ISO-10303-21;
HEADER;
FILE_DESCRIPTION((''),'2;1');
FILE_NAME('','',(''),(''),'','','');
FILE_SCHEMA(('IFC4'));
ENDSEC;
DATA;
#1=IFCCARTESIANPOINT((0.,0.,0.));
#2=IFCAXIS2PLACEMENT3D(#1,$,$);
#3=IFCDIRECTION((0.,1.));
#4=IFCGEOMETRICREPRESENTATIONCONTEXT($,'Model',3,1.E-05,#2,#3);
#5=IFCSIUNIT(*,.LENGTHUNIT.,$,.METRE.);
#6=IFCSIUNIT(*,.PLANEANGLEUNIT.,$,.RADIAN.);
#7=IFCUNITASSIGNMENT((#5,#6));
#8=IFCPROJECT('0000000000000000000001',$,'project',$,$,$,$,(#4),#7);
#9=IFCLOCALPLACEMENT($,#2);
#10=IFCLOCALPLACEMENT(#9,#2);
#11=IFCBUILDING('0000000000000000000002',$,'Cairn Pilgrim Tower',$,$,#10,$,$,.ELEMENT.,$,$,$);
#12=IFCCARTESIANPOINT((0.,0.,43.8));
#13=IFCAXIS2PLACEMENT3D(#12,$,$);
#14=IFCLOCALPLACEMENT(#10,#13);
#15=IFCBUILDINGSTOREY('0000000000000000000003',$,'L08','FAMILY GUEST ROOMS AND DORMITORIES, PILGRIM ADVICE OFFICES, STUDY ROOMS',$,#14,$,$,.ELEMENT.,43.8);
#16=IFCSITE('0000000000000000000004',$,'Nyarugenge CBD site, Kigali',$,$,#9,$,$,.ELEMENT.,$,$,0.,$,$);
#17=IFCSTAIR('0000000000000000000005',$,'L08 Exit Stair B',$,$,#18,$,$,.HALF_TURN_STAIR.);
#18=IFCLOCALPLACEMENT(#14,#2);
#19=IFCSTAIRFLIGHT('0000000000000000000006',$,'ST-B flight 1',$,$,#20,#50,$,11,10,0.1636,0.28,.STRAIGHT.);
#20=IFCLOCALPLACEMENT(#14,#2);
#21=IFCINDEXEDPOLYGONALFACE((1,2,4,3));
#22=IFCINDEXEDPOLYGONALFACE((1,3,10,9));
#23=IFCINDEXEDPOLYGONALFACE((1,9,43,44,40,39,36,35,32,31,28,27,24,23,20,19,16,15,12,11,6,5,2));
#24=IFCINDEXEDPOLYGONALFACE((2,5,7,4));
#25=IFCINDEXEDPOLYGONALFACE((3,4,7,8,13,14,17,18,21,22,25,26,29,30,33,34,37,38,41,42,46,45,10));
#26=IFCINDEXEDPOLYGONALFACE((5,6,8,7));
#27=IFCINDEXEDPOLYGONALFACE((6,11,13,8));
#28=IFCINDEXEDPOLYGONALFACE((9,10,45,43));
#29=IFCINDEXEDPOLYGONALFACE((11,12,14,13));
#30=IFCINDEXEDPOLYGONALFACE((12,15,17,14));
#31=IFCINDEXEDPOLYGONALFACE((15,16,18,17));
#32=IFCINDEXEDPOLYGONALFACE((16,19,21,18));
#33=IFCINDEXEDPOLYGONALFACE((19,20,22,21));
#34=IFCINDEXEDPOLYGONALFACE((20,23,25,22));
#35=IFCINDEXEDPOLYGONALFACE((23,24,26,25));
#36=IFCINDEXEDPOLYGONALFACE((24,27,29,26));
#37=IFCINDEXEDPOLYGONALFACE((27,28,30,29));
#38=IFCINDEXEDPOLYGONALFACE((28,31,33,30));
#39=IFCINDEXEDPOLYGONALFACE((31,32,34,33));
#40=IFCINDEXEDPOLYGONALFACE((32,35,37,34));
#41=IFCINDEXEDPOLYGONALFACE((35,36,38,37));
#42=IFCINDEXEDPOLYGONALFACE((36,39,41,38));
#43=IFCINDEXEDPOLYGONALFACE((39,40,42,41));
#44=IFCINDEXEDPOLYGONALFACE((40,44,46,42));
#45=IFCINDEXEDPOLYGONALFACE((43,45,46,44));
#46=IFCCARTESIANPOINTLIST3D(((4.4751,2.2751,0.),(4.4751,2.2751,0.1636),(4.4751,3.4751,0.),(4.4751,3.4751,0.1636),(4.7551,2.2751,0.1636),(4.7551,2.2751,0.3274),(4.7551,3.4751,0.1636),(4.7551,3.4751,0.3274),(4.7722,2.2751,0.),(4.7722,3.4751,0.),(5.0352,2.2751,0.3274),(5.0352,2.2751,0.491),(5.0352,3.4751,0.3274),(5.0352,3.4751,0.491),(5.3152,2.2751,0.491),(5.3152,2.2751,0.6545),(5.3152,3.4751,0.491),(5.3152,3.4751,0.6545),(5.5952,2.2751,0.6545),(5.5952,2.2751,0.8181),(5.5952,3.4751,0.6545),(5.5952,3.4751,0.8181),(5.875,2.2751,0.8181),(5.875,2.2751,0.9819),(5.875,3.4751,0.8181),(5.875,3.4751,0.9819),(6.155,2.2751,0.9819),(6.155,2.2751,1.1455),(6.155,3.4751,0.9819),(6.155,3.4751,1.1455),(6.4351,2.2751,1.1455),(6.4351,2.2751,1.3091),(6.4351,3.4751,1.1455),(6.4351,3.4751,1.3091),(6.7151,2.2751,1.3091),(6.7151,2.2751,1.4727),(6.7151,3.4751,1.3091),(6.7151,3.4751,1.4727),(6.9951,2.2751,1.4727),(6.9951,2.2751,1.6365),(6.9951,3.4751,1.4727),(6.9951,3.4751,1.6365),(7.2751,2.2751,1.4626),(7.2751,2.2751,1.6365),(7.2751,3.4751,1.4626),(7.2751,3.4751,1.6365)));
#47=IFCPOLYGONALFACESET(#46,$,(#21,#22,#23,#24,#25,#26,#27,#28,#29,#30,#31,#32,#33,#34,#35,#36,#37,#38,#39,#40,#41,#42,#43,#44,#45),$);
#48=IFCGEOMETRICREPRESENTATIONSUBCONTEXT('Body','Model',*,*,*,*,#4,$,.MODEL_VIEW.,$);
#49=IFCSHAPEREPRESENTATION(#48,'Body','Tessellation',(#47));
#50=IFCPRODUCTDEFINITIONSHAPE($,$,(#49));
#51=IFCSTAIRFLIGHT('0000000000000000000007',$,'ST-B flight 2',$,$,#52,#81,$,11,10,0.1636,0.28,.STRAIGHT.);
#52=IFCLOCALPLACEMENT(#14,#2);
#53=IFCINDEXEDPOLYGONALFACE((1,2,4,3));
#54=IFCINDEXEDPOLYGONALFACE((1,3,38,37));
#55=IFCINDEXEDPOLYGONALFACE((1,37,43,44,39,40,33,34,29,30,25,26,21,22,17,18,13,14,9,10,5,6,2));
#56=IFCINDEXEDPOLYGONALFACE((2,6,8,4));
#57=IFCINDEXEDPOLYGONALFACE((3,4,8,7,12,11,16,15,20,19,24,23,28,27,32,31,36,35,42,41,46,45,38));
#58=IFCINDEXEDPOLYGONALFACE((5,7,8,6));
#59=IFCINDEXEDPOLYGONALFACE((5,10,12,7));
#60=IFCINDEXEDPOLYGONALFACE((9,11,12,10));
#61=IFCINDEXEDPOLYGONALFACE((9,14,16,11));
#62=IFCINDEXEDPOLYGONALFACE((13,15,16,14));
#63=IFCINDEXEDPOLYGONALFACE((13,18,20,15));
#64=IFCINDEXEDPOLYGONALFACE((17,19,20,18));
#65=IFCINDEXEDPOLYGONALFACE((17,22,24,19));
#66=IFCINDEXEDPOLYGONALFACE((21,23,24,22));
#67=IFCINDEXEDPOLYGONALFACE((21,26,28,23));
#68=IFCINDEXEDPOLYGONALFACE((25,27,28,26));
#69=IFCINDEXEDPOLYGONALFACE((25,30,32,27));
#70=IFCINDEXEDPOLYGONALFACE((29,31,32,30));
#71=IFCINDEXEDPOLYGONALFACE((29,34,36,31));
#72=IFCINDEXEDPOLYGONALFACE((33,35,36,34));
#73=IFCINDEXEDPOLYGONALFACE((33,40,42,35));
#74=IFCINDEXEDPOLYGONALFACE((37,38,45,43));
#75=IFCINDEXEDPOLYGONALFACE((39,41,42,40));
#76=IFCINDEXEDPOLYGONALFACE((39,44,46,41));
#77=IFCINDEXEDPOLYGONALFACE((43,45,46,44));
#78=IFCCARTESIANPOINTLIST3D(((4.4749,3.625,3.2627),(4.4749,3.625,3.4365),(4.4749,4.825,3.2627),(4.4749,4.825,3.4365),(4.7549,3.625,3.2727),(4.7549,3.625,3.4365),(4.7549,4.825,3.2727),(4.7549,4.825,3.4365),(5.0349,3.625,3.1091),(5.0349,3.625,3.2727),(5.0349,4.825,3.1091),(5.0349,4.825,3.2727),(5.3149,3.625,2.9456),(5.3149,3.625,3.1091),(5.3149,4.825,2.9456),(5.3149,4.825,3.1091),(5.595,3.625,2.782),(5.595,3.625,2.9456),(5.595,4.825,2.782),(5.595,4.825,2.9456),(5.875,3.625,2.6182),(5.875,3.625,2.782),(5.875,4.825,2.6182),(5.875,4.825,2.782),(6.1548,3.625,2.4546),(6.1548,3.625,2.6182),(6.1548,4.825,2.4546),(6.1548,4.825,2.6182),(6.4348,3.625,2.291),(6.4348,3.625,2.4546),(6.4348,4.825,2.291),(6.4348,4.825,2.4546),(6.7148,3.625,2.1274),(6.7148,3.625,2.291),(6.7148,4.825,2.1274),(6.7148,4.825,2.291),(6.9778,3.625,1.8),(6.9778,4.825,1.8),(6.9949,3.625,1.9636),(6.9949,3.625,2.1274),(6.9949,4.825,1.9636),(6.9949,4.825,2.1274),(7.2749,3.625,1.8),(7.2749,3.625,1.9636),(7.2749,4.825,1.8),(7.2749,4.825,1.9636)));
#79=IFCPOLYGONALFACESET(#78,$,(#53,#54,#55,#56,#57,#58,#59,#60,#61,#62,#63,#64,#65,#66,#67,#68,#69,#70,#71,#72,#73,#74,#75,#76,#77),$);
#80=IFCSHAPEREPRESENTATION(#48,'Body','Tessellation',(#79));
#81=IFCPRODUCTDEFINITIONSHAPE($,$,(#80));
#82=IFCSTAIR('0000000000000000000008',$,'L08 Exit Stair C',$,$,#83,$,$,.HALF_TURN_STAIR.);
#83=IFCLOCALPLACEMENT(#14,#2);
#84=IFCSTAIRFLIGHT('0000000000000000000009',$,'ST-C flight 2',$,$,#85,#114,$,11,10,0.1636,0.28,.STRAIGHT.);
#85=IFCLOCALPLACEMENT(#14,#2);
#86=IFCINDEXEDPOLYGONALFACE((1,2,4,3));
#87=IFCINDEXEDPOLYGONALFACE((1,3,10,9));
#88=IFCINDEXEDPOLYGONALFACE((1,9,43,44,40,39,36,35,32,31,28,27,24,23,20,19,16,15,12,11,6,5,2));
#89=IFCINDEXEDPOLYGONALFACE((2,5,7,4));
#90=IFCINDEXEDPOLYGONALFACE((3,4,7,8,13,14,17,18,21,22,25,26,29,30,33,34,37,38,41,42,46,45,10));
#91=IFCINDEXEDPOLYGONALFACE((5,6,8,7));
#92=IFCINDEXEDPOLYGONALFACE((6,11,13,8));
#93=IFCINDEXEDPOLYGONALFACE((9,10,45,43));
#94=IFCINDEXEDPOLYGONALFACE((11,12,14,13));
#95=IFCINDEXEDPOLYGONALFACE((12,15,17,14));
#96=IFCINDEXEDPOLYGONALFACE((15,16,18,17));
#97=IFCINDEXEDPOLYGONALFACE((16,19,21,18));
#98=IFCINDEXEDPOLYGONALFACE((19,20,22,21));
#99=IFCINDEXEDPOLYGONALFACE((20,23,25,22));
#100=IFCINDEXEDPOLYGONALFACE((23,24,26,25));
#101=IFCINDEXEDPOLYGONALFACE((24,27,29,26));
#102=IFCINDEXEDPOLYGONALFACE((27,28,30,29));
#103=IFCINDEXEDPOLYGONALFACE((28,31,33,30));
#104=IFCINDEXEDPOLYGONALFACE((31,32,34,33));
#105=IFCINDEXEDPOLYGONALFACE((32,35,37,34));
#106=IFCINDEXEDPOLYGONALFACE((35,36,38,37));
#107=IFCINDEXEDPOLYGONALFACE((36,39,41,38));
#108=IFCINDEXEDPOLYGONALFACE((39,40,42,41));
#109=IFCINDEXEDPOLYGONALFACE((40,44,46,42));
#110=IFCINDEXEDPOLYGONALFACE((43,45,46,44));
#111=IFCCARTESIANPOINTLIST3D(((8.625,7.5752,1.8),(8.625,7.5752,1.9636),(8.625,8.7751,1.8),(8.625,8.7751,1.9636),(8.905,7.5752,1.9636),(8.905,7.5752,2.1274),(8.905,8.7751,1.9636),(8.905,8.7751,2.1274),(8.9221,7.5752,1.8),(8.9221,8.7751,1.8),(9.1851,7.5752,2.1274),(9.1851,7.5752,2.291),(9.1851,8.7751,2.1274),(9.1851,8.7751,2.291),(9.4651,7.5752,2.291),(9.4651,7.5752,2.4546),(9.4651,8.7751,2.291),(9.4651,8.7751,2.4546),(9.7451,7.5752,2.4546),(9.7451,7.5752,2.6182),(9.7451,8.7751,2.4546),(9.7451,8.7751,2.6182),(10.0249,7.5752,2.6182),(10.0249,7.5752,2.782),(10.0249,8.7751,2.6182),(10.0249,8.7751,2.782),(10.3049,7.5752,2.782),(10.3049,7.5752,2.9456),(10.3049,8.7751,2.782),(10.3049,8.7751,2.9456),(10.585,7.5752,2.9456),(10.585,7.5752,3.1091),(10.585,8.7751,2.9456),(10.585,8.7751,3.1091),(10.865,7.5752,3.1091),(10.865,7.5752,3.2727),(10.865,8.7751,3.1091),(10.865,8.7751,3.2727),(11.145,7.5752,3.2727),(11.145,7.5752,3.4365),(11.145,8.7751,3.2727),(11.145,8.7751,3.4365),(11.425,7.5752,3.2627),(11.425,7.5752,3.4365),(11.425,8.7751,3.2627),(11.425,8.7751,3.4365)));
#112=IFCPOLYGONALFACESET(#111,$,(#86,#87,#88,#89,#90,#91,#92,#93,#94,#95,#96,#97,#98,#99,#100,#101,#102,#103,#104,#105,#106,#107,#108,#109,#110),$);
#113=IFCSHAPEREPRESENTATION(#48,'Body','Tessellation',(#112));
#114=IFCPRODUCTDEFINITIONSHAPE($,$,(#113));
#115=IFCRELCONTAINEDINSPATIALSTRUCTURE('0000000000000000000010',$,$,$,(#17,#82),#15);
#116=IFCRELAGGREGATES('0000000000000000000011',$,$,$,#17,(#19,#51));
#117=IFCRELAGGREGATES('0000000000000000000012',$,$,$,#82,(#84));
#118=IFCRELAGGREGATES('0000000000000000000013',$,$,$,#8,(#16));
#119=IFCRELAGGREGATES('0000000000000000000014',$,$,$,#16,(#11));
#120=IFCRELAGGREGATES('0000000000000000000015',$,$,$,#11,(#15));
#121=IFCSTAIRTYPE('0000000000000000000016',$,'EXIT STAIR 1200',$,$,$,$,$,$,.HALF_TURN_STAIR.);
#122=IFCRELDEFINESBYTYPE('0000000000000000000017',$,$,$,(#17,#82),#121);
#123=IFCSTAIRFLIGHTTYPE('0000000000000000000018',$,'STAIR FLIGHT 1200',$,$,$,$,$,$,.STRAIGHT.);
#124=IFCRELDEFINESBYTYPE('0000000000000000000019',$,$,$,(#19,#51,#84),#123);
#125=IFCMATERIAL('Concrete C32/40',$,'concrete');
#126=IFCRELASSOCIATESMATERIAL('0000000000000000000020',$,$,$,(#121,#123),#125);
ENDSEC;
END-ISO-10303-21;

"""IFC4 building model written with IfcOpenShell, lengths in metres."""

from ifc_helpers import new_model, si_unit, direction, frame, origin, place, context, subcontext, project, spatial, polyline, outline, extrude, material, type_object, element, aggregate, save


model = new_model("IFC4")

# Units and contexts
model_context = context("Model", 3, precision=1e-05, world=origin(), true_north=direction((0.0, 1.0)))
body_context = subcontext(model_context, "Body", "Model", "MODEL_VIEW")
ifc_project = project(units=[si_unit("LENGTHUNIT", "METRE"), si_unit("PLANEANGLEUNIT", "RADIAN")], contexts=[model_context])

# Site, building, storey
site_placement = place(None, origin())
site = spatial("IfcSite", under=ifc_project, at=site_placement, Name="Nyarugenge CBD site, Kigali", CompositionType="ELEMENT", RefElevation=0.0)
building_placement = place(site_placement, origin())
building = spatial("IfcBuilding", under=site, at=building_placement, Name="Cairn Pilgrim Tower", CompositionType="ELEMENT")
storey_placement = place(building_placement, frame((0.0, 0.0, 43.8)))
storey = spatial("IfcBuildingStorey", under=building, at=storey_placement, Name="L08", Description="FAMILY GUEST ROOMS AND DORMITORIES, PILGRIM ADVICE OFFICES, STUDY ROOMS", CompositionType="ELEMENT", Elevation=43.8)

# Shared definitions
ifc_material_1 = material(Name="Concrete C32/40", Category="concrete")

# Stair, stair flights
stair_type = type_object("IfcStairType", Name="EXIT STAIR 1200", PredefinedType="HALF_TURN_STAIR", material=ifc_material_1)
stair_1_placement = place(storey_placement, origin())
stair_1 = element("IfcStair", 1, at=stair_1_placement, inside=storey, type_object=stair_type, Name="L08 Exit Stair B", PredefinedType="HALF_TURN_STAIR")
stair_flight_type = type_object("IfcStairFlightType", Name="STAIR FLIGHT 1200", PredefinedType="STRAIGHT", material=ifc_material_1)
stair_flight_1_placement = place(storey_placement, frame((4.4751, 2.875, 0.0), z_axis=(0.0, 0.0, 1.0), x_axis=(1.0, 0.0, 0.0)))
stair_flight_1 = element("IfcStairFlight", 2, at=stair_flight_1_placement, type_object=stair_flight_type, Name="ST-B flight 1", NumberOfRisers=11, NumberOfTreads=10, PredefinedType="STRAIGHT", RiserHeight=0.1636, TreadLength=0.28, context=body_context, shape_type="SweptSolid", body=[
    extrude(outline(polyline([(0.0, 0.0), (0.0, 0.1636), (0.28, 0.1636), (0.28, 0.3274), (0.5601, 0.3274), (0.5601, 0.491), (0.8401, 0.491), (0.8401, 0.6545), (1.1201, 0.6545), (1.1201, 0.8181), (1.3999, 0.8181), (1.3999, 0.9819), (1.6799, 0.9819), (1.6799, 1.1455), (1.96, 1.1455), (1.96, 1.3091), (2.24, 1.3091), (2.24, 1.4727), (2.52, 1.4727), (2.52, 1.6365), (2.8, 1.6365), (2.8, 1.8), (2.8, 1.4626), (0.2971, 0.0), (0.0, 0.0)])), frame((0.0, 0.6001, 0.0), z_axis=(0.0, -1.0, 0.0), x_axis=(1.0, 0.0, 0.0)), (0.0, 0.0, 1.0), 1.2),
])
stair_flight_2_placement = place(storey_placement, frame((7.2749, 4.2251, 1.8), z_axis=(0.0, 0.0, 1.0), x_axis=(-1.0, 0.0, 0.0)))
stair_flight_2 = element("IfcStairFlight", 3, at=stair_flight_2_placement, type_object=stair_flight_type, Name="ST-B flight 2", NumberOfRisers=11, NumberOfTreads=10, PredefinedType="STRAIGHT", RiserHeight=0.1636, TreadLength=0.28, context=body_context, shape_type="SweptSolid", body=[
    extrude(outline(polyline([(0.0, 0.0), (0.0, 0.1636), (0.28, 0.1636), (0.28, 0.3274), (0.5601, 0.3274), (0.5601, 0.491), (0.8401, 0.491), (0.8401, 0.6545), (1.1201, 0.6545), (1.1201, 0.8181), (1.3999, 0.8181), (1.3999, 0.9819), (1.6799, 0.9819), (1.6799, 1.1455), (1.96, 1.1455), (1.96, 1.3091), (2.24, 1.3091), (2.24, 1.4727), (2.52, 1.4727), (2.52, 1.6365), (2.8, 1.6365), (2.8, 1.8), (2.8, 1.4626), (0.2971, 0.0), (0.0, 0.0)])), frame((0.0, 0.6001, 0.0), z_axis=(0.0, -1.0, 0.0), x_axis=(1.0, 0.0, 0.0)), (0.0, 0.0, 1.0), 1.2),
])
aggregate(stair_1, [stair_flight_1, stair_flight_2])

# Stair, stair flight
stair_2_placement = place(storey_placement, origin())
stair_2 = element("IfcStair", 4, at=stair_2_placement, inside=storey, type_object=stair_type, Name="L08 Exit Stair C", PredefinedType="HALF_TURN_STAIR")
stair_flight_3_placement = place(storey_placement, frame((8.625, 8.175, 1.8), z_axis=(0.0, 0.0, 1.0), x_axis=(1.0, 0.0, 0.0)))
stair_flight_3 = element("IfcStairFlight", 5, at=stair_flight_3_placement, type_object=stair_flight_type, Name="ST-C flight 2", NumberOfRisers=11, NumberOfTreads=10, PredefinedType="STRAIGHT", RiserHeight=0.1636, TreadLength=0.28, context=body_context, shape_type="SweptSolid", body=[
    extrude(outline(polyline([(0.0, 0.0), (0.0, 0.1636), (0.28, 0.1636), (0.28, 0.3274), (0.5601, 0.3274), (0.5601, 0.491), (0.8401, 0.491), (0.8401, 0.6545), (1.1201, 0.6545), (1.1201, 0.8181), (1.3999, 0.8181), (1.3999, 0.9819), (1.6799, 0.9819), (1.6799, 1.1455), (1.96, 1.1455), (1.96, 1.3091), (2.24, 1.3091), (2.24, 1.4727), (2.52, 1.4727), (2.52, 1.6365), (2.8, 1.6365), (2.8, 1.8), (2.8, 1.4626), (0.2971, 0.0), (0.0, 0.0)])), frame((0.0, 0.6001, 0.0), z_axis=(0.0, -1.0, 0.0), x_axis=(1.0, 0.0, 0.0)), (0.0, 0.0, 1.0), 1.2),
])
aggregate(stair_2, [stair_flight_3])

save(model, "model.ifc")
